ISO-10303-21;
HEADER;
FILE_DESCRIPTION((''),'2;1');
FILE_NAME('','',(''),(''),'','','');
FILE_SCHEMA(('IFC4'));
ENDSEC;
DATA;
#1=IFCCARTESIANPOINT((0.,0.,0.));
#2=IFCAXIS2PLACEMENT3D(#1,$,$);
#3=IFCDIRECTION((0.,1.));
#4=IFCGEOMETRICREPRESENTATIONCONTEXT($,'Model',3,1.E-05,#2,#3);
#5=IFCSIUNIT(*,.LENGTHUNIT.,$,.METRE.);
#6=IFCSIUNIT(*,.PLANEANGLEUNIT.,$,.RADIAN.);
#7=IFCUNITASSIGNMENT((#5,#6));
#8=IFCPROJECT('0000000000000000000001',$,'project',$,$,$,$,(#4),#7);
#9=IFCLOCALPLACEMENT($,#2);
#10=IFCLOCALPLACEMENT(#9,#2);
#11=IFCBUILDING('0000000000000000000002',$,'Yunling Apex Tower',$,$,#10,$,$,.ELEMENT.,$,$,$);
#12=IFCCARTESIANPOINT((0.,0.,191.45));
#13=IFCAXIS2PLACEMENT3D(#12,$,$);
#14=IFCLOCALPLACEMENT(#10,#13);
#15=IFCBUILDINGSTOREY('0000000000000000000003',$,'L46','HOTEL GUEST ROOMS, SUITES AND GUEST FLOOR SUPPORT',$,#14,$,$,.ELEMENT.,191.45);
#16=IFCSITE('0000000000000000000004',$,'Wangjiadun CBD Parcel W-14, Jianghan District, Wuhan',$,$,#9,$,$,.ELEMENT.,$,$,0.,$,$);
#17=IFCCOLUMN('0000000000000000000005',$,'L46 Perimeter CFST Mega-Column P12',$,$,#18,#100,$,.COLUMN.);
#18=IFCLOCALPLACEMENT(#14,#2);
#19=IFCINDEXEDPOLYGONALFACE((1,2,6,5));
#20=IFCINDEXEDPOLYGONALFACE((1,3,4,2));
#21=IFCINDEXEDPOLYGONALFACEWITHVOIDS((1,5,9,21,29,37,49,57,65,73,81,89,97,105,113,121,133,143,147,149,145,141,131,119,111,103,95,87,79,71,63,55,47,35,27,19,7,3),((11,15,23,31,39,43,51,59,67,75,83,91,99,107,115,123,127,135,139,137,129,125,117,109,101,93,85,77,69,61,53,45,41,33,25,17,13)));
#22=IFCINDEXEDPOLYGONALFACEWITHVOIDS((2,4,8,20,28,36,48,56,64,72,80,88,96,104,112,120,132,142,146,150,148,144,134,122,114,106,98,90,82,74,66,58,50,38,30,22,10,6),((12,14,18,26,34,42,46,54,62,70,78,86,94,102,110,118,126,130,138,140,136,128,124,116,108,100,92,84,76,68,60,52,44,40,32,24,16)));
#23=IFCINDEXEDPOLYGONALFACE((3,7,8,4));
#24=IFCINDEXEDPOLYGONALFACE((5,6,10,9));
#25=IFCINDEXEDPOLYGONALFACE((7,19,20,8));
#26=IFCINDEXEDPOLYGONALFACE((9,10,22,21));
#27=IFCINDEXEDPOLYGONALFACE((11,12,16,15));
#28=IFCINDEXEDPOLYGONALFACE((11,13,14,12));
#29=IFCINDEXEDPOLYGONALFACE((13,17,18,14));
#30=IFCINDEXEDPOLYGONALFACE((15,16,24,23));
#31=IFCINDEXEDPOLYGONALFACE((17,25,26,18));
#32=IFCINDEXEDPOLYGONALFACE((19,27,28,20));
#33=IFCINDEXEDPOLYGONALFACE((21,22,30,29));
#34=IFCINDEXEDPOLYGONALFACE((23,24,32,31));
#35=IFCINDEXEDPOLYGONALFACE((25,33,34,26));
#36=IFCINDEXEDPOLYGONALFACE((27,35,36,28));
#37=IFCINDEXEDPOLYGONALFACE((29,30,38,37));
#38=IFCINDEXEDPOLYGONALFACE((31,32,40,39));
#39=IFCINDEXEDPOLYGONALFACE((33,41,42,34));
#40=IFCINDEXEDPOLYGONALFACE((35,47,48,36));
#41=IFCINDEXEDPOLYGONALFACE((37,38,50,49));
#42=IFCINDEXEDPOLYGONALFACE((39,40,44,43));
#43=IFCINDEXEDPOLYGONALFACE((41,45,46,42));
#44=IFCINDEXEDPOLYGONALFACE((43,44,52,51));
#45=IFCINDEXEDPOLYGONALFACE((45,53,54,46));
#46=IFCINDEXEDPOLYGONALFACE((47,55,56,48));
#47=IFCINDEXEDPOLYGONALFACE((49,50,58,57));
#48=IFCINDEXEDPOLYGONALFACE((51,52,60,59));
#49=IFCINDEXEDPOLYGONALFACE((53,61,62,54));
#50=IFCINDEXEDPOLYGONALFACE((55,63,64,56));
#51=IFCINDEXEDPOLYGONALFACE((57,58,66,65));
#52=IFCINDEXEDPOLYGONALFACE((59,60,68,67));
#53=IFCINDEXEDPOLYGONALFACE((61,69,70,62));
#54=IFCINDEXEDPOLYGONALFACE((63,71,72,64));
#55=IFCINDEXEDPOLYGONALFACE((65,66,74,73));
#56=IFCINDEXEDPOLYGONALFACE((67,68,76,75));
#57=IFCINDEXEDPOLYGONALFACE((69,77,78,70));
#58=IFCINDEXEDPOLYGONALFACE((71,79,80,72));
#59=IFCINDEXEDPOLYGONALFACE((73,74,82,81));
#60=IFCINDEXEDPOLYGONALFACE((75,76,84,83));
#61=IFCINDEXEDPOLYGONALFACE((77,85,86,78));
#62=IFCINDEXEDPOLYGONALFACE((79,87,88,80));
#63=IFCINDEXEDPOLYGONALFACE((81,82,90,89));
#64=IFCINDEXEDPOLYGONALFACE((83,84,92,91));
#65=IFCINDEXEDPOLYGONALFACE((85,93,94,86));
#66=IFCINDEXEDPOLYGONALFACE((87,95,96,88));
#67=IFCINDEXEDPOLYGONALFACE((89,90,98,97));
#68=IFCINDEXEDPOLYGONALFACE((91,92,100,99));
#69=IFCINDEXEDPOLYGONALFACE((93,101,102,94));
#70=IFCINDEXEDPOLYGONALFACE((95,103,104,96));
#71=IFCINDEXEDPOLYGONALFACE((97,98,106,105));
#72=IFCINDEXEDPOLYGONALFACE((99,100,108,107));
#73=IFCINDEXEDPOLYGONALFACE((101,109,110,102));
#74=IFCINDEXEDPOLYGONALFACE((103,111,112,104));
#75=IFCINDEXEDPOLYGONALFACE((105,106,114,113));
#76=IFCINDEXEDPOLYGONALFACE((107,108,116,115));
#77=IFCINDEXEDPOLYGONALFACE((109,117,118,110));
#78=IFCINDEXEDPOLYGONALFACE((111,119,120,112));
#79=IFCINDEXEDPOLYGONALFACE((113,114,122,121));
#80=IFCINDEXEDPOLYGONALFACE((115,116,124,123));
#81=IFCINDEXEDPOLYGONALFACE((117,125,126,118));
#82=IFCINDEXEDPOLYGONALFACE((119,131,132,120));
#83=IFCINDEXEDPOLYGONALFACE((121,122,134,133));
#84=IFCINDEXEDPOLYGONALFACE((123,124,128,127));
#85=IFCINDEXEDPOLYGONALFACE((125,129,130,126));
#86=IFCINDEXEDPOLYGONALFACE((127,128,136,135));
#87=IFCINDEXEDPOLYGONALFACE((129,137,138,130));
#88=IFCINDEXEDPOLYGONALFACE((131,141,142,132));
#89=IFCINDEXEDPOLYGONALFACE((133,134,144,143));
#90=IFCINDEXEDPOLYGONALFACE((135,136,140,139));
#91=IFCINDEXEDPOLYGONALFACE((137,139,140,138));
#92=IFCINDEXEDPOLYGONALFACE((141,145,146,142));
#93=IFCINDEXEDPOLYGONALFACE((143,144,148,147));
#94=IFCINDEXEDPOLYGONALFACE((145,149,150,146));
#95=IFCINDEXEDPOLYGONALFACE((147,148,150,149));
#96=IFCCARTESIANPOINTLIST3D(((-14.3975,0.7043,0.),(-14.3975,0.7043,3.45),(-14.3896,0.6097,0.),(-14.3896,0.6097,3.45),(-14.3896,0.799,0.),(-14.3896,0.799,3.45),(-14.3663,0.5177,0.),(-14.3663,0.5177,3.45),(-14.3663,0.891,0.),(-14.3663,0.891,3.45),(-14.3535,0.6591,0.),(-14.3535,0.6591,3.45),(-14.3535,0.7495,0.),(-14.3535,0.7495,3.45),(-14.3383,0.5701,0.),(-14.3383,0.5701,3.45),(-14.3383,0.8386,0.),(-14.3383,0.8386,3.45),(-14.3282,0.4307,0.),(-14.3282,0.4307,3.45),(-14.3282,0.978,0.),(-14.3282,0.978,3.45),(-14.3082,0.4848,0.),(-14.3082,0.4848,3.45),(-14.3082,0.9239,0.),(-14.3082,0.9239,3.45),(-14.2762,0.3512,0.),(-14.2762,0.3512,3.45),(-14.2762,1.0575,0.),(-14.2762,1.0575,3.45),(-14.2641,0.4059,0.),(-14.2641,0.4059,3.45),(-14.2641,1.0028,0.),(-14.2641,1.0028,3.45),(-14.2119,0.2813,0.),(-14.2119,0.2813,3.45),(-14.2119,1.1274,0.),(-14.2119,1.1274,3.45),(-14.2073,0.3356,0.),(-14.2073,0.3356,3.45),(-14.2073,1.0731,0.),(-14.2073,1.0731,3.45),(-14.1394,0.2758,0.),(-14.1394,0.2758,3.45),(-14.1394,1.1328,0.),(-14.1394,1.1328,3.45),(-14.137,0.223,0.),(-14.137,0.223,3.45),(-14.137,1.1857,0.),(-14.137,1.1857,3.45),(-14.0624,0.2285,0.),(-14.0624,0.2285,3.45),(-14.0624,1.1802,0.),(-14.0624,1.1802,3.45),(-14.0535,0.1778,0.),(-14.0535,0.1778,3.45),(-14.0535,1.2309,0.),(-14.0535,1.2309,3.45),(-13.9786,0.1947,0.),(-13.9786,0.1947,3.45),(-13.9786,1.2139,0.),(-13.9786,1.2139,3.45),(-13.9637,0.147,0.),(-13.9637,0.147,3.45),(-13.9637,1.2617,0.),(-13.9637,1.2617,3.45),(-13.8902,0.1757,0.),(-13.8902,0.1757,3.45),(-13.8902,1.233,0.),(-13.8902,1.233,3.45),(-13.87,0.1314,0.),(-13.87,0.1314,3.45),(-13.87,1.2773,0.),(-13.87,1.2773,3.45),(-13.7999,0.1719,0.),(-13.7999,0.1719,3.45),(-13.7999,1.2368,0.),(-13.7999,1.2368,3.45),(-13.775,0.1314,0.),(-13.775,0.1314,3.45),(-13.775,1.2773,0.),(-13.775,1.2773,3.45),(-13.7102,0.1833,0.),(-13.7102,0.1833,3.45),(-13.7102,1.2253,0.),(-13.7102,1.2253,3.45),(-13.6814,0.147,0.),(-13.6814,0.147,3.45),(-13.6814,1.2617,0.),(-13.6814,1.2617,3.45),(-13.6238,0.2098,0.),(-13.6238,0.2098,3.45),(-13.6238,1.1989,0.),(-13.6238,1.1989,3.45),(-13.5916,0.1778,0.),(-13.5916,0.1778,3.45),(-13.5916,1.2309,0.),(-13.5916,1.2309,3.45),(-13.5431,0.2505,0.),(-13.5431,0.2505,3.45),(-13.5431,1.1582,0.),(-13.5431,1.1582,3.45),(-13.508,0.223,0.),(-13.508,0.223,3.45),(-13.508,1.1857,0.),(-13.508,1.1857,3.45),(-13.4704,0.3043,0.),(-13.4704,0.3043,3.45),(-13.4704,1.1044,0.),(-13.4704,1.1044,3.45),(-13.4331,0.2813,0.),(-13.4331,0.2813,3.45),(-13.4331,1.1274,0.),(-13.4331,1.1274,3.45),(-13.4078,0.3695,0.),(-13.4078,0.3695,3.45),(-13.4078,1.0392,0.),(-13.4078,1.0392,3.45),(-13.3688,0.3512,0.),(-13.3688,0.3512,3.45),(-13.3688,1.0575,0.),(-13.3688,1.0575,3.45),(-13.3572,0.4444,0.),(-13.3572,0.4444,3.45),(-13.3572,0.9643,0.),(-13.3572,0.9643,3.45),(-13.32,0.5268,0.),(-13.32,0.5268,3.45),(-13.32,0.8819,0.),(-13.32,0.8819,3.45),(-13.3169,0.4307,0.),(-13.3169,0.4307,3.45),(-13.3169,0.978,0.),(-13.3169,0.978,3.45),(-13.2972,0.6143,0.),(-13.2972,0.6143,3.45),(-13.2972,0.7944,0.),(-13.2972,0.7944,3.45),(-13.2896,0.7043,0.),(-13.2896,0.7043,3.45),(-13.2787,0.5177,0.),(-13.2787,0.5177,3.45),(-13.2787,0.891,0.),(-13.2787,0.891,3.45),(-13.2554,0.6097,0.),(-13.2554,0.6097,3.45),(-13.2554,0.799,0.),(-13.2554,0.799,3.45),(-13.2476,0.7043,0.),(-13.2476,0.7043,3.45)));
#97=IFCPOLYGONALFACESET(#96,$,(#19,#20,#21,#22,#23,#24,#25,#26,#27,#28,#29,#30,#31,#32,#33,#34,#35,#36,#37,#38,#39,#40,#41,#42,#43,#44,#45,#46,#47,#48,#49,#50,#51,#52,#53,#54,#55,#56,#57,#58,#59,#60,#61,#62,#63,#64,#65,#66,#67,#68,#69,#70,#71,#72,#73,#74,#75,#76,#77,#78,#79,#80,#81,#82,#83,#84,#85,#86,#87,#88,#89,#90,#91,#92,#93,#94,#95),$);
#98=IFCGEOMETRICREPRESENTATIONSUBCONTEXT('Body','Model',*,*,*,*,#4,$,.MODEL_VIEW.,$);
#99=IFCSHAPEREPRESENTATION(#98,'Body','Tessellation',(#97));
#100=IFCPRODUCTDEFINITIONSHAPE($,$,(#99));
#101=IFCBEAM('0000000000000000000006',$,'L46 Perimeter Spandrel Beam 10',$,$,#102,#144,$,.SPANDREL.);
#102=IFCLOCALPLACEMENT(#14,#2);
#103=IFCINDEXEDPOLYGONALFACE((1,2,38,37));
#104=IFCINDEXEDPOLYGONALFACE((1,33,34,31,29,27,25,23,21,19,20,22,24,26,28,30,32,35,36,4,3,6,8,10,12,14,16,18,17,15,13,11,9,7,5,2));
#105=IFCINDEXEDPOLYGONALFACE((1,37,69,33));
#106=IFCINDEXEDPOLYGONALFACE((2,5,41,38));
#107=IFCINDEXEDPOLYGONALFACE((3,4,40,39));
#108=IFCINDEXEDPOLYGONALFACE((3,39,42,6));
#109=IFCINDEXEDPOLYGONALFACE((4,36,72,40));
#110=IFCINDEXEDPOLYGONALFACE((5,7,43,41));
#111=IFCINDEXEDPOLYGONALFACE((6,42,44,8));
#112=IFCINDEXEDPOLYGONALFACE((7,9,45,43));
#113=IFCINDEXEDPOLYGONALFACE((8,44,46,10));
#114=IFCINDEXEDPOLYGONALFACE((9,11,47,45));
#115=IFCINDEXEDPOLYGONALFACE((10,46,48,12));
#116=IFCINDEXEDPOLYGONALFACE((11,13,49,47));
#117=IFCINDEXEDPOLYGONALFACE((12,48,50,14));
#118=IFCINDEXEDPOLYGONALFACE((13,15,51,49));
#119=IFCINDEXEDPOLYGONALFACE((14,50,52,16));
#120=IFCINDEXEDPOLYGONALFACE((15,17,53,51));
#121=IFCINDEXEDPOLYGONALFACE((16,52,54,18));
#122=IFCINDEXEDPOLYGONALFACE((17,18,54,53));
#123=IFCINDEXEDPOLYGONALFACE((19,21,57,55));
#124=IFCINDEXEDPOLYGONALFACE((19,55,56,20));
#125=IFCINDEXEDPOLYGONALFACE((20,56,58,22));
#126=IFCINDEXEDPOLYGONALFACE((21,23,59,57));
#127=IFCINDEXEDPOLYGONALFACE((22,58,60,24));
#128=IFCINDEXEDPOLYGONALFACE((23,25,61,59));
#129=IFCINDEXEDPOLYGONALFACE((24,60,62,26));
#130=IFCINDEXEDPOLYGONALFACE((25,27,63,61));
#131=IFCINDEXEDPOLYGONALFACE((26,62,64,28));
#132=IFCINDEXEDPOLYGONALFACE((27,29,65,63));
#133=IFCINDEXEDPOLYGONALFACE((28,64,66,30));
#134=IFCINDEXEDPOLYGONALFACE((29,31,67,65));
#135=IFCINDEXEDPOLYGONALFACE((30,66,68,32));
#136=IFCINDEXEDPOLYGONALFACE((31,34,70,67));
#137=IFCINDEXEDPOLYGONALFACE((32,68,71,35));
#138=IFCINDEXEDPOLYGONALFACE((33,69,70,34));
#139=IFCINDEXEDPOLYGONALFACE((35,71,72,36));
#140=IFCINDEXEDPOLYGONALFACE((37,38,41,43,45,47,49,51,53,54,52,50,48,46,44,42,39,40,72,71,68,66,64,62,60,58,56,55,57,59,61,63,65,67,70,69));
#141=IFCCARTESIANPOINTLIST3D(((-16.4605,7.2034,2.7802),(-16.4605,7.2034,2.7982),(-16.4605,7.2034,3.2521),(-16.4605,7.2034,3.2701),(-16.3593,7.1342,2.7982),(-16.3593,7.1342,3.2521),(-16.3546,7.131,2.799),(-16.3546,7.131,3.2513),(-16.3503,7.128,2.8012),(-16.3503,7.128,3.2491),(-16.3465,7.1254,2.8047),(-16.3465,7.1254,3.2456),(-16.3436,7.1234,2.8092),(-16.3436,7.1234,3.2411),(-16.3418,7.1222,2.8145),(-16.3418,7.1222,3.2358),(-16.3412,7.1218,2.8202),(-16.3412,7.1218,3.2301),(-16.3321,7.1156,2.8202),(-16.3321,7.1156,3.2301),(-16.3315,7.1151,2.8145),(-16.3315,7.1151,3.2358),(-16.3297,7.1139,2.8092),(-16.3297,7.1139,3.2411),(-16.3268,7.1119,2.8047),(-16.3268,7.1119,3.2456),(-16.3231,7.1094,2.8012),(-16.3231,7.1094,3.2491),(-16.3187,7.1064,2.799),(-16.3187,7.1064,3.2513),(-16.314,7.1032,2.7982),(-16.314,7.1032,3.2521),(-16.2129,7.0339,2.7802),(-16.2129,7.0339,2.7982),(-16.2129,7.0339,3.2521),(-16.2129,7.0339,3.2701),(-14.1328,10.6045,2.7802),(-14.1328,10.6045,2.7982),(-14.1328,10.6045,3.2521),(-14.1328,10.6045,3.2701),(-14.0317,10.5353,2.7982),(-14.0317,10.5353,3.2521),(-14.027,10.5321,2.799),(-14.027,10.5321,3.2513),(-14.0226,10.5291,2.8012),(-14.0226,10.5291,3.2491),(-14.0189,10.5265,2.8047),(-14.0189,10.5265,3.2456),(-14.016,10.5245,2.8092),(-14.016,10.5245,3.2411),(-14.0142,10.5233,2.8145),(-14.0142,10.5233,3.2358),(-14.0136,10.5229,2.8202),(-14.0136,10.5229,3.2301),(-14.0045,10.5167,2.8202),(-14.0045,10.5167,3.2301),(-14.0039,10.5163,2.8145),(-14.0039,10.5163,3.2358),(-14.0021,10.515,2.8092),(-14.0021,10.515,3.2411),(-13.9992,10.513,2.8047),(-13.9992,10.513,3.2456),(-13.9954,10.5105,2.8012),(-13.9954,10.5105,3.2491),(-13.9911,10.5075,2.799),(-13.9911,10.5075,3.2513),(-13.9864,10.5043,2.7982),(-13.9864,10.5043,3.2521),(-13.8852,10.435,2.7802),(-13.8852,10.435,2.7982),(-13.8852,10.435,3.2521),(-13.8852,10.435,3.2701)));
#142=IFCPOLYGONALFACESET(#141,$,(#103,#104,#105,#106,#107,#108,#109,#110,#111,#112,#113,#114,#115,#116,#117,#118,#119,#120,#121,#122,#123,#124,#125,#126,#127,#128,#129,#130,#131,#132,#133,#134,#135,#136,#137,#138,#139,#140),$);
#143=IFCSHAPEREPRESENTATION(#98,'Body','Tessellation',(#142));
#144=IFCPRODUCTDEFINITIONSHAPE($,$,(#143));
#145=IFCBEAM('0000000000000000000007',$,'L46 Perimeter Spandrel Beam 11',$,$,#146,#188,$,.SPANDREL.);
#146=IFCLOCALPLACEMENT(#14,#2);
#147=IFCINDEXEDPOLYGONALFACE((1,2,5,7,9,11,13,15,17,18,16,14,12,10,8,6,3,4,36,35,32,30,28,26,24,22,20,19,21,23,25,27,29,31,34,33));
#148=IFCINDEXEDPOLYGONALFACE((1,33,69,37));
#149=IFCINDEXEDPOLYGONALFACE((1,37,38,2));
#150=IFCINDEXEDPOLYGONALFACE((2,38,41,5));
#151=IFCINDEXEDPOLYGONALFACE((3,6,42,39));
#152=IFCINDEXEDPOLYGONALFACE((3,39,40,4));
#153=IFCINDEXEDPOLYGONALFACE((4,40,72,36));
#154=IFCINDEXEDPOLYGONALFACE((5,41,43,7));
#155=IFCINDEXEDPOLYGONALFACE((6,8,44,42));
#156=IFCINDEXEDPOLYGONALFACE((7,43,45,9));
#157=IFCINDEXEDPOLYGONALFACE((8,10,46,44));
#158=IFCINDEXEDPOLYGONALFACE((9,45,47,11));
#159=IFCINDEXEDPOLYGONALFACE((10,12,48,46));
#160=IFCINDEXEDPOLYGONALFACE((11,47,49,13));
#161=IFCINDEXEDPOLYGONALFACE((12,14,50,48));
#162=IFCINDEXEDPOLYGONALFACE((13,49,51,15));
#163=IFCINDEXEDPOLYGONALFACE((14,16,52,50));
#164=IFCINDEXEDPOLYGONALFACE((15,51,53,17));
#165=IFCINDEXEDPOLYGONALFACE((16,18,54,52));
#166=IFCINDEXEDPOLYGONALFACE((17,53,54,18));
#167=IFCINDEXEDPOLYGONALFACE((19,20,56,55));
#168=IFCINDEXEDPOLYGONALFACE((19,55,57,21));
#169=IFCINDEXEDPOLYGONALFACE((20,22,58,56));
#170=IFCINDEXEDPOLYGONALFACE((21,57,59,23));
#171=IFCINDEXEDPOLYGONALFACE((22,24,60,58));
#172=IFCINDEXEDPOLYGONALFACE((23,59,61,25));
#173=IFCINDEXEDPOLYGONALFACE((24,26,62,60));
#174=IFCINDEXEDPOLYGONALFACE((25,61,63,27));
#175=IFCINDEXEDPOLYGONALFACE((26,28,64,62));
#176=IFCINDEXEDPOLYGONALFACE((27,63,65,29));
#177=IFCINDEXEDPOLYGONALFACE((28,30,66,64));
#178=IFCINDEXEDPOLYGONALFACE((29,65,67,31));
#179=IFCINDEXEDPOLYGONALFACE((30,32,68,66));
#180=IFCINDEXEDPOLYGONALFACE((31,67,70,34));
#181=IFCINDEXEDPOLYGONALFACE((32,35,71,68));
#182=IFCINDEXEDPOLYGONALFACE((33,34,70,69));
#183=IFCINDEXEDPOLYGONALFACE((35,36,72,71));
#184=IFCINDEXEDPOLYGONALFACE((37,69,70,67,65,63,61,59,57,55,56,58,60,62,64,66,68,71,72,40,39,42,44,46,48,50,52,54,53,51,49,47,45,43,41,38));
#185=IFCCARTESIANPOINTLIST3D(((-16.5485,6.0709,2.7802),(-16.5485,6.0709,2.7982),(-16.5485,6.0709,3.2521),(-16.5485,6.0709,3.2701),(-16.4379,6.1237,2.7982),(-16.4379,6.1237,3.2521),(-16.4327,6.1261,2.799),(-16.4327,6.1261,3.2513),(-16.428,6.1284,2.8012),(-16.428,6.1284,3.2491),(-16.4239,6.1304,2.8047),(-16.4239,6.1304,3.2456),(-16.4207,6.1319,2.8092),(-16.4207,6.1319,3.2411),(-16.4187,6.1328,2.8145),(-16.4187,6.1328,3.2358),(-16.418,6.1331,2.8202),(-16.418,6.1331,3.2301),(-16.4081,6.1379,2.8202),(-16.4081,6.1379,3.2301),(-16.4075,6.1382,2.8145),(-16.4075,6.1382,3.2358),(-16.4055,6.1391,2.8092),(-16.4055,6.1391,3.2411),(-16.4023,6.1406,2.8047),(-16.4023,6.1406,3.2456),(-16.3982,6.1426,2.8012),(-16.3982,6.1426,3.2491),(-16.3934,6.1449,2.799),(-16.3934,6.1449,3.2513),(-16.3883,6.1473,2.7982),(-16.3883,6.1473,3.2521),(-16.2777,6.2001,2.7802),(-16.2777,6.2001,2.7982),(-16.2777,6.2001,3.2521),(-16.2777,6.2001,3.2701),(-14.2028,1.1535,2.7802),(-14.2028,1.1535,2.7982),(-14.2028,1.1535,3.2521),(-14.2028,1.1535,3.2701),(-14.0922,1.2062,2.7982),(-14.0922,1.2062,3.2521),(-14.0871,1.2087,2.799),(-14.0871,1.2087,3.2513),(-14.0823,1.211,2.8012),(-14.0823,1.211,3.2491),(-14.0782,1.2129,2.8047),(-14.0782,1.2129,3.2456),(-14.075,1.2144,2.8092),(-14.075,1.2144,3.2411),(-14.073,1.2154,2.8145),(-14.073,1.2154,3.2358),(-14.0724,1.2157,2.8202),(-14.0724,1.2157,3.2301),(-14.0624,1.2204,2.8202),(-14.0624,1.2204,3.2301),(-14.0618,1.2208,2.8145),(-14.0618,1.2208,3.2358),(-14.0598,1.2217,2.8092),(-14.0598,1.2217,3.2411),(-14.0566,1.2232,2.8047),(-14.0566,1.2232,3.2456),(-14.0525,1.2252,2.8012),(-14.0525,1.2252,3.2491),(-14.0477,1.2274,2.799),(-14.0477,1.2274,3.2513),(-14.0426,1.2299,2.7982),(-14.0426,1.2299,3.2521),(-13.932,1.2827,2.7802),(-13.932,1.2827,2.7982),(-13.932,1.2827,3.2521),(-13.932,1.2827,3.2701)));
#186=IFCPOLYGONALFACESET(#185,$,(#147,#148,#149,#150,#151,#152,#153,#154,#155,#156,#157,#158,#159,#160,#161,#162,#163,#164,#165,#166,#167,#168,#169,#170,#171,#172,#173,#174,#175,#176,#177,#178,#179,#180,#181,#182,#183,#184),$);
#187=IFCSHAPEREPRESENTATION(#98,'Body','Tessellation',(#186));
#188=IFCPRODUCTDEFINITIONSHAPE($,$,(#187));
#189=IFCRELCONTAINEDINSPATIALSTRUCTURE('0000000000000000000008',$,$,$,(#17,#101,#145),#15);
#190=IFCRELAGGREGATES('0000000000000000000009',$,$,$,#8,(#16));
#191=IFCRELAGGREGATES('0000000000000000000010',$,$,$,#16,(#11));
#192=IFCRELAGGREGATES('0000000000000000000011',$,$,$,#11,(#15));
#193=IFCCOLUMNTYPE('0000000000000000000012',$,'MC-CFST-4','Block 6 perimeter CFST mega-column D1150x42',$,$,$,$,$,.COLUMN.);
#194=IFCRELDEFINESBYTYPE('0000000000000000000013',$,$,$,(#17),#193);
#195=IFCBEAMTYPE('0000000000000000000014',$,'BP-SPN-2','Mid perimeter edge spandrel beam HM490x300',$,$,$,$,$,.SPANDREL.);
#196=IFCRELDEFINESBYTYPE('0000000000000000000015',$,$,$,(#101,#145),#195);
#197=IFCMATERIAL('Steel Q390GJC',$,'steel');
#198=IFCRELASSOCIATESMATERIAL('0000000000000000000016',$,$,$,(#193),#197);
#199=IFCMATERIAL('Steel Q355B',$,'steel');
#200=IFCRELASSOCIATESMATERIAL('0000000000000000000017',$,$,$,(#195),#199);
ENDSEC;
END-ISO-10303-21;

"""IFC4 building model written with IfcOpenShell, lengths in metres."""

from ifc_helpers import new_model, si_unit, direction, frame, origin, origin_2d, place, context, subcontext, project, spatial, hollow_circle, i_section, extrude, source, transform, mapped, material, material_profile, profile_set, type_object, element, save


model = new_model("IFC4")

# Units and contexts
model_context = context("Model", 3, precision=1e-05, world=origin(), true_north=direction((0.0, 1.0)))
body_context = subcontext(model_context, "Body", "Model", "MODEL_VIEW")
ifc_project = project(units=[si_unit("LENGTHUNIT", "METRE"), si_unit("PLANEANGLEUNIT", "RADIAN")], contexts=[model_context])

# Site, building, storey
site_placement = place(None, origin())
site = spatial("IfcSite", under=ifc_project, at=site_placement, Name="Wangjiadun CBD Parcel W-14, Jianghan District, Wuhan", CompositionType="ELEMENT", RefElevation=0.0)
building_placement = place(site_placement, origin())
building = spatial("IfcBuilding", under=site, at=building_placement, Name="Yunling Apex Tower", CompositionType="ELEMENT")
storey_placement = place(building_placement, frame((0.0, 0.0, 191.45)))
storey = spatial("IfcBuildingStorey", under=building, at=storey_placement, Name="L46", Description="HOTEL GUEST ROOMS, SUITES AND GUEST FLOOR SUPPORT", CompositionType="ELEMENT", Elevation=191.45)

# Column
ifc_material_1 = material(Name="Steel Q390GJC", Category="steel")
ifc_material_profile_1 = material_profile(ifc_material_1, hollow_circle(Radius=0.575, WallThickness=0.042, at=origin_2d()))
ifc_profile_set_1 = profile_set([ifc_material_profile_1], Name="Steel Q390GJC")
column_type = type_object("IfcColumnType", Name="MC-CFST-4", Description="Block 6 perimeter CFST mega-column D1150x42", PredefinedType="COLUMN", material=ifc_profile_set_1)
shared_shape_1 = source(origin(), body_context, "Body", "SweptSolid", [
    extrude(hollow_circle(Radius=0.575, WallThickness=0.042, at=origin_2d()), origin(), (0.0, 0.0, 1.0), 3.45),
])
for number, where, z_axis, x_axis, name in (
    (1, (-13.8225, 0.7043, 0.0), (0.0, 0.0, 1.0), (1.0, 0.0, 0.0), "L46 Perimeter CFST Mega-Column P12"),
):
    element("IfcColumn", number, at=place(storey_placement, frame(where, z_axis=z_axis, x_axis=x_axis)), inside=storey, type_object=column_type, Name=name, PredefinedType="COLUMN", context=body_context, shape_type="MappedRepresentation", body=[
        mapped(shared_shape_1, transform((0.0, 0.0, 0.0), scale=1.0)),
    ])

# Beams
ifc_material_2 = material(Name="Steel Q355B", Category="steel")
ifc_material_profile_2 = material_profile(ifc_material_2, i_section(OverallWidth=0.3, OverallDepth=0.49, WebThickness=0.011, FlangeThickness=0.0181, FilletRadius=0.022, at=origin_2d()))
ifc_profile_set_2 = profile_set([ifc_material_profile_2], Name="Steel Q355B")
beam_type_1 = type_object("IfcBeamType", Name="BP-SPN-2", Description="Mid perimeter edge spandrel beam HM490x300", PredefinedType="SPANDREL", material=ifc_profile_set_2)
shared_shape_2 = source(origin(), body_context, "Body", "SweptSolid", [
    extrude(i_section(OverallWidth=0.3, OverallDepth=0.49, WebThickness=0.011, FlangeThickness=0.0181, FilletRadius=0.022, at=origin_2d()), origin(), (0.0, 0.0, 1.0), 4.1213),
])
beam_1_placement = place(storey_placement, frame((-14.009, 10.5198, 3.0251), z_axis=(-0.564775, -0.825245, 0.0), x_axis=(0.825245, -0.564775, 0.0)))
element("IfcBeam", 2, at=beam_1_placement, inside=storey, type_object=beam_type_1, Name="L46 Perimeter Spandrel Beam 10", PredefinedType="SPANDREL", context=body_context, shape_type="MappedRepresentation", body=[
    mapped(shared_shape_2, transform((0.0, 0.0, 0.0), scale=1.0)),
])
shared_shape_3 = source(origin(), body_context, "Body", "SweptSolid", [
    extrude(i_section(OverallWidth=0.3, OverallDepth=0.49, WebThickness=0.011, FlangeThickness=0.0181, FilletRadius=0.022, at=origin_2d()), origin(), (0.0, 0.0, 1.0), 5.4482),
])
beam_2_placement = place(storey_placement, frame((-16.4131, 6.1355, 3.0251), z_axis=(0.430539, -0.902572, 0.0), x_axis=(0.902572, 0.430539, 0.0)))
element("IfcBeam", 3, at=beam_2_placement, inside=storey, type_object=beam_type_1, Name="L46 Perimeter Spandrel Beam 11", PredefinedType="SPANDREL", context=body_context, shape_type="MappedRepresentation", body=[
    mapped(shared_shape_3, transform((0.0, 0.0, 0.0), scale=1.0)),
])

save(model, "model.ifc")
